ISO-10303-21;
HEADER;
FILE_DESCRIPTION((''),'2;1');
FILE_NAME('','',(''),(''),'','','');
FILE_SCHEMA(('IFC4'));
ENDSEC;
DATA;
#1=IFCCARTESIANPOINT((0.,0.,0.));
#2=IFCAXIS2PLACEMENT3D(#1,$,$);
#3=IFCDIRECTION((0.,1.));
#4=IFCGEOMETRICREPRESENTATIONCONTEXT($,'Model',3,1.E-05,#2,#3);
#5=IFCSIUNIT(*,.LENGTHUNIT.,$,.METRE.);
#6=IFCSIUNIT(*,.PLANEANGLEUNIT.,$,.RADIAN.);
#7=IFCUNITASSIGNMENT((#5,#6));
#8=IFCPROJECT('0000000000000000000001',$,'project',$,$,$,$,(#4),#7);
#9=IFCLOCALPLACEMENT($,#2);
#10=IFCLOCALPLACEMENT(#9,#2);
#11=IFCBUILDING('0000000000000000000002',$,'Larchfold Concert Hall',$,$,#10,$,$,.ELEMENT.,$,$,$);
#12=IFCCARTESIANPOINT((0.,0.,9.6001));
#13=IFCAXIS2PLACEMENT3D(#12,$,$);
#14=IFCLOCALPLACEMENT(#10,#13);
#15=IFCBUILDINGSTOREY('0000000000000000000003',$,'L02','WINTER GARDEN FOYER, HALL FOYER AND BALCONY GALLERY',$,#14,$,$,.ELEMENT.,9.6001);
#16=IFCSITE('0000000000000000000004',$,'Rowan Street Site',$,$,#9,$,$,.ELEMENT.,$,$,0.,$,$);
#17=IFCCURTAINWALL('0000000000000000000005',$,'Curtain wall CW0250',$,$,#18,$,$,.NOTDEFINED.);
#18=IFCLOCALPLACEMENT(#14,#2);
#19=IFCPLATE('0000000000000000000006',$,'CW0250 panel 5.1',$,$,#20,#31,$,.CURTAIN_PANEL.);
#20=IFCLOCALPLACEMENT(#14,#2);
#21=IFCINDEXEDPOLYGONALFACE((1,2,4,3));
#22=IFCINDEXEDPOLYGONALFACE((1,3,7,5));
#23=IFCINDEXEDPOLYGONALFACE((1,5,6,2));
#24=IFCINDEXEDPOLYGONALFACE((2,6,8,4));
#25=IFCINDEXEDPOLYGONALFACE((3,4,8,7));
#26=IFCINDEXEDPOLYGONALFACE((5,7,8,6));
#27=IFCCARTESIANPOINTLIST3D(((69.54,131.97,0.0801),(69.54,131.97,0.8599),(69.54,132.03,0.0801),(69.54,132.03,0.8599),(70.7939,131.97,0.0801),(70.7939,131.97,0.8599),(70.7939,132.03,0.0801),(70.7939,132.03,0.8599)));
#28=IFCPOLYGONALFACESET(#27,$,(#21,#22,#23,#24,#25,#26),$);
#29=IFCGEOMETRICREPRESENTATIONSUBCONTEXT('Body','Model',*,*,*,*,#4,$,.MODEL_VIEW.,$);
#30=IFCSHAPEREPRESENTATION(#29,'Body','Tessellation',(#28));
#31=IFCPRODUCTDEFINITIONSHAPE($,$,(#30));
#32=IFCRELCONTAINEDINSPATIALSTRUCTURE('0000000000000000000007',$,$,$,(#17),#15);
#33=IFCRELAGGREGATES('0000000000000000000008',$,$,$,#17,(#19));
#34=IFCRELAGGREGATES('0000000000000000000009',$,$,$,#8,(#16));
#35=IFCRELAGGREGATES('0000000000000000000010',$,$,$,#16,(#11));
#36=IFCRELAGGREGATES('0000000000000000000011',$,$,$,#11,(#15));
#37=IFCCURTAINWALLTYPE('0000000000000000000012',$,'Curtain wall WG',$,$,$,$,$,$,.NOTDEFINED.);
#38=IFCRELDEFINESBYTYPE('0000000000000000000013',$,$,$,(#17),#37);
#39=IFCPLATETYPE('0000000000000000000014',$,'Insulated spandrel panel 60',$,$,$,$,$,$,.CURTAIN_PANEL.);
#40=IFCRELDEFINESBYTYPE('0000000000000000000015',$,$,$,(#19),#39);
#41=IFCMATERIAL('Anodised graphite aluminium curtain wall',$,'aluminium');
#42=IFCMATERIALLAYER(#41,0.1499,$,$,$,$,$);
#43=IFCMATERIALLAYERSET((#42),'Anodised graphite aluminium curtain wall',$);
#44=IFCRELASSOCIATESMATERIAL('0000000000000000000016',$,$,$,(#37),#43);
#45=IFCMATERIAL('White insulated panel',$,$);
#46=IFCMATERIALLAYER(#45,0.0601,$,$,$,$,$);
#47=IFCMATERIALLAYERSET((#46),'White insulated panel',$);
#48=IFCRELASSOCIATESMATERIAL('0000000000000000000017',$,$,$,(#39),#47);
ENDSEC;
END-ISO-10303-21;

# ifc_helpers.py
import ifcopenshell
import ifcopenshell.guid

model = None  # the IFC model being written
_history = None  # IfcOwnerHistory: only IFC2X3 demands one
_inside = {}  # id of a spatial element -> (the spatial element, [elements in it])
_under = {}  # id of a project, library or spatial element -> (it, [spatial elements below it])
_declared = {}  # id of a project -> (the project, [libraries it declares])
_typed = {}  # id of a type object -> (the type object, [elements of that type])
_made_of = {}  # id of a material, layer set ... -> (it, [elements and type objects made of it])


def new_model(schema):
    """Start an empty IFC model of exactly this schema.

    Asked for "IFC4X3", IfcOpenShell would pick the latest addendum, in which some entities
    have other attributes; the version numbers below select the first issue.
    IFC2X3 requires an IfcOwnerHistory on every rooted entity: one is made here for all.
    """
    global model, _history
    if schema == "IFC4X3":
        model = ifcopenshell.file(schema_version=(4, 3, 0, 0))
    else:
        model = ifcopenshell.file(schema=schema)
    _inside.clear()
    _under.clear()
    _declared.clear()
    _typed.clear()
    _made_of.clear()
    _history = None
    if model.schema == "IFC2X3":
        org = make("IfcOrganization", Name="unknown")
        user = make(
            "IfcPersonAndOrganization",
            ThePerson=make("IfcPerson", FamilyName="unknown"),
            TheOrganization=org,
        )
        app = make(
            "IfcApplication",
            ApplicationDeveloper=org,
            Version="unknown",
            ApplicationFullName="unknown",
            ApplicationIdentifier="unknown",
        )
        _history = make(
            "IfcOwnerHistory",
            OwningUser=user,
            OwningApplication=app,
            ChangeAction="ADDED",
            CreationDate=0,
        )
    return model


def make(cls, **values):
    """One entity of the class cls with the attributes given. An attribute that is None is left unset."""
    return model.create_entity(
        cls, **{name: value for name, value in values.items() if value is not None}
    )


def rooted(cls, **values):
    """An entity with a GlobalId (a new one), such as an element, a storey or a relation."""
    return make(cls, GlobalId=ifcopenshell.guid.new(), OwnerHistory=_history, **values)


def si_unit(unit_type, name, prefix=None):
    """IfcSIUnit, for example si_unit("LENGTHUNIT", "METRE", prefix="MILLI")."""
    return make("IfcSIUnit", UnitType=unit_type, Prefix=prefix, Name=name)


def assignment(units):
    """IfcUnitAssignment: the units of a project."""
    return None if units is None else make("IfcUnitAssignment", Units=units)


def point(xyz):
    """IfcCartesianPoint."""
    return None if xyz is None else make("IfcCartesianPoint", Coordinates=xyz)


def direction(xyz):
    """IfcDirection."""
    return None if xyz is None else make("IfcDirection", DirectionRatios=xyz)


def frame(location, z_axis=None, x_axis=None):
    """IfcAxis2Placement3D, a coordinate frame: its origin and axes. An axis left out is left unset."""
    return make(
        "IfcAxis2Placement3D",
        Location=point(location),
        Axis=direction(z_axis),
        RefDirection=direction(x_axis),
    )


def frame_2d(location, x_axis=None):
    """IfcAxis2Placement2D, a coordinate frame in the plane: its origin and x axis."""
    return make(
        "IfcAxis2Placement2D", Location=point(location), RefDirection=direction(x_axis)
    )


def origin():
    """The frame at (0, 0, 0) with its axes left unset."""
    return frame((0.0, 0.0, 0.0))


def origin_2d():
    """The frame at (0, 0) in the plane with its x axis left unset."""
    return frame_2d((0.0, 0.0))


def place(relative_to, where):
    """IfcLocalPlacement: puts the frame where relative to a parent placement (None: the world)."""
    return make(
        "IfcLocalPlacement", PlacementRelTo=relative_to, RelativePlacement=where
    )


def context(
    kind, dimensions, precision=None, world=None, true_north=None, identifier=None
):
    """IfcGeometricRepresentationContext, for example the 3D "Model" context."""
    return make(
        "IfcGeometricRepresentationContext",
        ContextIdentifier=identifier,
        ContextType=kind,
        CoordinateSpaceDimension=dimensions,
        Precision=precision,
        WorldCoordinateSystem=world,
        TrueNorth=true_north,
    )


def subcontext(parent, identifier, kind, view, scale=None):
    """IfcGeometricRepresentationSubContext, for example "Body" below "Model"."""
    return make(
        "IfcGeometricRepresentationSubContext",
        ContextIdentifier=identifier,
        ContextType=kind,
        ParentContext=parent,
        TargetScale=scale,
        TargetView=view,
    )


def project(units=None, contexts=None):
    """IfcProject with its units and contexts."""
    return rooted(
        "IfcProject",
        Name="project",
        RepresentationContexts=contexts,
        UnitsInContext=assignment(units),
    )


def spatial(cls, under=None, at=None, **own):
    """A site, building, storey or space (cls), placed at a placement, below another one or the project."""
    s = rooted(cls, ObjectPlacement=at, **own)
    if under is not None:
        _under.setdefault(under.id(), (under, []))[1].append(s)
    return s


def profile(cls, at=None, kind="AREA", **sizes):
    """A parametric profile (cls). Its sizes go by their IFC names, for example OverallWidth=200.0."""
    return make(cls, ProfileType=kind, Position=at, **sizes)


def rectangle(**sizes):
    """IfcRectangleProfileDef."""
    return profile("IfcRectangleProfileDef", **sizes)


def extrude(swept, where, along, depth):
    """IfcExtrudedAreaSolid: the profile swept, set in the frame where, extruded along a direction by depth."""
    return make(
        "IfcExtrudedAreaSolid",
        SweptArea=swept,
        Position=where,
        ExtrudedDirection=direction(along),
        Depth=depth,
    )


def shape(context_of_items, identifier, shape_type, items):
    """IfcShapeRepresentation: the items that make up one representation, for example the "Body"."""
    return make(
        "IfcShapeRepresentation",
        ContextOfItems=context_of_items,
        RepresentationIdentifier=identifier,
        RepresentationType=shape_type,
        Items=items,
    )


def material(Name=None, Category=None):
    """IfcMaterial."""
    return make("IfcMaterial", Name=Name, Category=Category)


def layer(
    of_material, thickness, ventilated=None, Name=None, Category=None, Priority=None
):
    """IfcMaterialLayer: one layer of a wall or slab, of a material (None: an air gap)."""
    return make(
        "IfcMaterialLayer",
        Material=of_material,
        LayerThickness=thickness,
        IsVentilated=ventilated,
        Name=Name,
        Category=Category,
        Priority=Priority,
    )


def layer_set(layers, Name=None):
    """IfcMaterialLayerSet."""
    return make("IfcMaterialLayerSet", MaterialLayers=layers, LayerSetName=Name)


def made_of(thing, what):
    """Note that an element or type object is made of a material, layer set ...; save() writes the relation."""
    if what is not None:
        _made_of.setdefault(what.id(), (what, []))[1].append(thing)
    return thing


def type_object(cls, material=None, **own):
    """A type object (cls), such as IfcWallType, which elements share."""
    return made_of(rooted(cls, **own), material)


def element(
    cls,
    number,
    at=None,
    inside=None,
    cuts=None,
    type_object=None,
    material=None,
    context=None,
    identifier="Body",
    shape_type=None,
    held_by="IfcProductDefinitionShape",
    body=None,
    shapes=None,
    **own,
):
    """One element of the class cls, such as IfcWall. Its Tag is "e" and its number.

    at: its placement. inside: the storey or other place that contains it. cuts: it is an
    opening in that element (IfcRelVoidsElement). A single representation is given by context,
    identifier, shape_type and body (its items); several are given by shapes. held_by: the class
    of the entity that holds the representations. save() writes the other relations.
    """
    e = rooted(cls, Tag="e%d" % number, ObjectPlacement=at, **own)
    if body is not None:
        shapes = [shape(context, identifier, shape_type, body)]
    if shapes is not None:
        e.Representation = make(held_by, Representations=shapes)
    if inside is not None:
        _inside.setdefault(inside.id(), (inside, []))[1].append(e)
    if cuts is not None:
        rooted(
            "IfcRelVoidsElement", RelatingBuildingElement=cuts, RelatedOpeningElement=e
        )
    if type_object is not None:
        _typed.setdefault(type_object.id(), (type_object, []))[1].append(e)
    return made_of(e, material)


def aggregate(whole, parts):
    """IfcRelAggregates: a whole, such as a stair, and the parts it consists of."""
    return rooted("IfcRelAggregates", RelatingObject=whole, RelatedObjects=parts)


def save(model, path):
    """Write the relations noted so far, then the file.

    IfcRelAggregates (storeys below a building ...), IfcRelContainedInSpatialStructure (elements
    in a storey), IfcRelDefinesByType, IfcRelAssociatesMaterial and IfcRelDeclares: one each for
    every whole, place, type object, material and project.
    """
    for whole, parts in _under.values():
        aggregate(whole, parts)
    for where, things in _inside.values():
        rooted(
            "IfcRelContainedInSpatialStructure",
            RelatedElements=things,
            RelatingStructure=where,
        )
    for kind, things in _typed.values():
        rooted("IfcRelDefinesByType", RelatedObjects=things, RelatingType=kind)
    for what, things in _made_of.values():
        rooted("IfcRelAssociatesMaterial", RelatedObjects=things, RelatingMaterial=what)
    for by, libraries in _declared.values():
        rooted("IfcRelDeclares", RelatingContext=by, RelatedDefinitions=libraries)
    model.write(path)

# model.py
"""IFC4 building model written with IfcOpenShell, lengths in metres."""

from ifc_helpers import new_model, si_unit, direction, frame, origin, origin_2d, place, context, subcontext, project, spatial, rectangle, extrude, material, layer, layer_set, type_object, element, aggregate, save


model = new_model("IFC4")

# Units and contexts
model_context = context("Model", 3, precision=1e-05, world=origin(), true_north=direction((0.0, 1.0)))
body_context = subcontext(model_context, "Body", "Model", "MODEL_VIEW")
ifc_project = project(units=[si_unit("LENGTHUNIT", "METRE"), si_unit("PLANEANGLEUNIT", "RADIAN")], contexts=[model_context])

# Site, building, storey
site_placement = place(None, origin())
site = spatial("IfcSite", under=ifc_project, at=site_placement, Name="Rowan Street Site", CompositionType="ELEMENT", RefElevation=0.0)
building_placement = place(site_placement, origin())
building = spatial("IfcBuilding", under=site, at=building_placement, Name="Larchfold Concert Hall", CompositionType="ELEMENT")
storey_placement = place(building_placement, frame((0.0, 0.0, 9.6001)))
storey = spatial("IfcBuildingStorey", under=building, at=storey_placement, Name="L02", Description="WINTER GARDEN FOYER, HALL FOYER AND BALCONY GALLERY", CompositionType="ELEMENT", Elevation=9.6001)

# Curtain wall
ifc_material_1 = material(Name="Anodised graphite aluminium curtain wall", Category="aluminium")
ifc_layer_1 = layer(ifc_material_1, 0.1499)
ifc_layer_set_1 = layer_set([ifc_layer_1], Name="Anodised graphite aluminium curtain wall")
curtain_wall_type = type_object("IfcCurtainWallType", Name="Curtain wall WG", PredefinedType="NOTDEFINED", material=ifc_layer_set_1)
curtain_wall_1_placement = place(storey_placement, origin())
curtain_wall_1 = element("IfcCurtainWall", 1, at=curtain_wall_1_placement, inside=storey, type_object=curtain_wall_type, Name="Curtain wall CW0250", PredefinedType="NOTDEFINED")

# Plate
ifc_material_2 = material(Name="White insulated panel")
ifc_layer_2 = layer(ifc_material_2, 0.0601)
ifc_layer_set_2 = layer_set([ifc_layer_2], Name="White insulated panel")
plate_type_1 = type_object("IfcPlateType", Name="Insulated spandrel panel 60", PredefinedType="CURTAIN_PANEL", material=ifc_layer_set_2)
plate_1_placement = place(storey_placement, frame((70.167, 132.0, 0.0801), z_axis=(0.0, 0.0, 1.0), x_axis=(-1.0, 0.0, 0.0)))
plate_1 = element("IfcPlate", 2, at=plate_1_placement, type_object=plate_type_1, Name="CW0250 panel 5.1", PredefinedType="CURTAIN_PANEL", context=body_context, shape_type="SweptSolid", body=[
    extrude(rectangle(XDim=1.2539, YDim=0.0601, at=origin_2d()), origin(), (0.0, 0.0, 1.0), 0.7798),
])
aggregate(curtain_wall_1, [plate_1])

save(model, "model.ifc")
